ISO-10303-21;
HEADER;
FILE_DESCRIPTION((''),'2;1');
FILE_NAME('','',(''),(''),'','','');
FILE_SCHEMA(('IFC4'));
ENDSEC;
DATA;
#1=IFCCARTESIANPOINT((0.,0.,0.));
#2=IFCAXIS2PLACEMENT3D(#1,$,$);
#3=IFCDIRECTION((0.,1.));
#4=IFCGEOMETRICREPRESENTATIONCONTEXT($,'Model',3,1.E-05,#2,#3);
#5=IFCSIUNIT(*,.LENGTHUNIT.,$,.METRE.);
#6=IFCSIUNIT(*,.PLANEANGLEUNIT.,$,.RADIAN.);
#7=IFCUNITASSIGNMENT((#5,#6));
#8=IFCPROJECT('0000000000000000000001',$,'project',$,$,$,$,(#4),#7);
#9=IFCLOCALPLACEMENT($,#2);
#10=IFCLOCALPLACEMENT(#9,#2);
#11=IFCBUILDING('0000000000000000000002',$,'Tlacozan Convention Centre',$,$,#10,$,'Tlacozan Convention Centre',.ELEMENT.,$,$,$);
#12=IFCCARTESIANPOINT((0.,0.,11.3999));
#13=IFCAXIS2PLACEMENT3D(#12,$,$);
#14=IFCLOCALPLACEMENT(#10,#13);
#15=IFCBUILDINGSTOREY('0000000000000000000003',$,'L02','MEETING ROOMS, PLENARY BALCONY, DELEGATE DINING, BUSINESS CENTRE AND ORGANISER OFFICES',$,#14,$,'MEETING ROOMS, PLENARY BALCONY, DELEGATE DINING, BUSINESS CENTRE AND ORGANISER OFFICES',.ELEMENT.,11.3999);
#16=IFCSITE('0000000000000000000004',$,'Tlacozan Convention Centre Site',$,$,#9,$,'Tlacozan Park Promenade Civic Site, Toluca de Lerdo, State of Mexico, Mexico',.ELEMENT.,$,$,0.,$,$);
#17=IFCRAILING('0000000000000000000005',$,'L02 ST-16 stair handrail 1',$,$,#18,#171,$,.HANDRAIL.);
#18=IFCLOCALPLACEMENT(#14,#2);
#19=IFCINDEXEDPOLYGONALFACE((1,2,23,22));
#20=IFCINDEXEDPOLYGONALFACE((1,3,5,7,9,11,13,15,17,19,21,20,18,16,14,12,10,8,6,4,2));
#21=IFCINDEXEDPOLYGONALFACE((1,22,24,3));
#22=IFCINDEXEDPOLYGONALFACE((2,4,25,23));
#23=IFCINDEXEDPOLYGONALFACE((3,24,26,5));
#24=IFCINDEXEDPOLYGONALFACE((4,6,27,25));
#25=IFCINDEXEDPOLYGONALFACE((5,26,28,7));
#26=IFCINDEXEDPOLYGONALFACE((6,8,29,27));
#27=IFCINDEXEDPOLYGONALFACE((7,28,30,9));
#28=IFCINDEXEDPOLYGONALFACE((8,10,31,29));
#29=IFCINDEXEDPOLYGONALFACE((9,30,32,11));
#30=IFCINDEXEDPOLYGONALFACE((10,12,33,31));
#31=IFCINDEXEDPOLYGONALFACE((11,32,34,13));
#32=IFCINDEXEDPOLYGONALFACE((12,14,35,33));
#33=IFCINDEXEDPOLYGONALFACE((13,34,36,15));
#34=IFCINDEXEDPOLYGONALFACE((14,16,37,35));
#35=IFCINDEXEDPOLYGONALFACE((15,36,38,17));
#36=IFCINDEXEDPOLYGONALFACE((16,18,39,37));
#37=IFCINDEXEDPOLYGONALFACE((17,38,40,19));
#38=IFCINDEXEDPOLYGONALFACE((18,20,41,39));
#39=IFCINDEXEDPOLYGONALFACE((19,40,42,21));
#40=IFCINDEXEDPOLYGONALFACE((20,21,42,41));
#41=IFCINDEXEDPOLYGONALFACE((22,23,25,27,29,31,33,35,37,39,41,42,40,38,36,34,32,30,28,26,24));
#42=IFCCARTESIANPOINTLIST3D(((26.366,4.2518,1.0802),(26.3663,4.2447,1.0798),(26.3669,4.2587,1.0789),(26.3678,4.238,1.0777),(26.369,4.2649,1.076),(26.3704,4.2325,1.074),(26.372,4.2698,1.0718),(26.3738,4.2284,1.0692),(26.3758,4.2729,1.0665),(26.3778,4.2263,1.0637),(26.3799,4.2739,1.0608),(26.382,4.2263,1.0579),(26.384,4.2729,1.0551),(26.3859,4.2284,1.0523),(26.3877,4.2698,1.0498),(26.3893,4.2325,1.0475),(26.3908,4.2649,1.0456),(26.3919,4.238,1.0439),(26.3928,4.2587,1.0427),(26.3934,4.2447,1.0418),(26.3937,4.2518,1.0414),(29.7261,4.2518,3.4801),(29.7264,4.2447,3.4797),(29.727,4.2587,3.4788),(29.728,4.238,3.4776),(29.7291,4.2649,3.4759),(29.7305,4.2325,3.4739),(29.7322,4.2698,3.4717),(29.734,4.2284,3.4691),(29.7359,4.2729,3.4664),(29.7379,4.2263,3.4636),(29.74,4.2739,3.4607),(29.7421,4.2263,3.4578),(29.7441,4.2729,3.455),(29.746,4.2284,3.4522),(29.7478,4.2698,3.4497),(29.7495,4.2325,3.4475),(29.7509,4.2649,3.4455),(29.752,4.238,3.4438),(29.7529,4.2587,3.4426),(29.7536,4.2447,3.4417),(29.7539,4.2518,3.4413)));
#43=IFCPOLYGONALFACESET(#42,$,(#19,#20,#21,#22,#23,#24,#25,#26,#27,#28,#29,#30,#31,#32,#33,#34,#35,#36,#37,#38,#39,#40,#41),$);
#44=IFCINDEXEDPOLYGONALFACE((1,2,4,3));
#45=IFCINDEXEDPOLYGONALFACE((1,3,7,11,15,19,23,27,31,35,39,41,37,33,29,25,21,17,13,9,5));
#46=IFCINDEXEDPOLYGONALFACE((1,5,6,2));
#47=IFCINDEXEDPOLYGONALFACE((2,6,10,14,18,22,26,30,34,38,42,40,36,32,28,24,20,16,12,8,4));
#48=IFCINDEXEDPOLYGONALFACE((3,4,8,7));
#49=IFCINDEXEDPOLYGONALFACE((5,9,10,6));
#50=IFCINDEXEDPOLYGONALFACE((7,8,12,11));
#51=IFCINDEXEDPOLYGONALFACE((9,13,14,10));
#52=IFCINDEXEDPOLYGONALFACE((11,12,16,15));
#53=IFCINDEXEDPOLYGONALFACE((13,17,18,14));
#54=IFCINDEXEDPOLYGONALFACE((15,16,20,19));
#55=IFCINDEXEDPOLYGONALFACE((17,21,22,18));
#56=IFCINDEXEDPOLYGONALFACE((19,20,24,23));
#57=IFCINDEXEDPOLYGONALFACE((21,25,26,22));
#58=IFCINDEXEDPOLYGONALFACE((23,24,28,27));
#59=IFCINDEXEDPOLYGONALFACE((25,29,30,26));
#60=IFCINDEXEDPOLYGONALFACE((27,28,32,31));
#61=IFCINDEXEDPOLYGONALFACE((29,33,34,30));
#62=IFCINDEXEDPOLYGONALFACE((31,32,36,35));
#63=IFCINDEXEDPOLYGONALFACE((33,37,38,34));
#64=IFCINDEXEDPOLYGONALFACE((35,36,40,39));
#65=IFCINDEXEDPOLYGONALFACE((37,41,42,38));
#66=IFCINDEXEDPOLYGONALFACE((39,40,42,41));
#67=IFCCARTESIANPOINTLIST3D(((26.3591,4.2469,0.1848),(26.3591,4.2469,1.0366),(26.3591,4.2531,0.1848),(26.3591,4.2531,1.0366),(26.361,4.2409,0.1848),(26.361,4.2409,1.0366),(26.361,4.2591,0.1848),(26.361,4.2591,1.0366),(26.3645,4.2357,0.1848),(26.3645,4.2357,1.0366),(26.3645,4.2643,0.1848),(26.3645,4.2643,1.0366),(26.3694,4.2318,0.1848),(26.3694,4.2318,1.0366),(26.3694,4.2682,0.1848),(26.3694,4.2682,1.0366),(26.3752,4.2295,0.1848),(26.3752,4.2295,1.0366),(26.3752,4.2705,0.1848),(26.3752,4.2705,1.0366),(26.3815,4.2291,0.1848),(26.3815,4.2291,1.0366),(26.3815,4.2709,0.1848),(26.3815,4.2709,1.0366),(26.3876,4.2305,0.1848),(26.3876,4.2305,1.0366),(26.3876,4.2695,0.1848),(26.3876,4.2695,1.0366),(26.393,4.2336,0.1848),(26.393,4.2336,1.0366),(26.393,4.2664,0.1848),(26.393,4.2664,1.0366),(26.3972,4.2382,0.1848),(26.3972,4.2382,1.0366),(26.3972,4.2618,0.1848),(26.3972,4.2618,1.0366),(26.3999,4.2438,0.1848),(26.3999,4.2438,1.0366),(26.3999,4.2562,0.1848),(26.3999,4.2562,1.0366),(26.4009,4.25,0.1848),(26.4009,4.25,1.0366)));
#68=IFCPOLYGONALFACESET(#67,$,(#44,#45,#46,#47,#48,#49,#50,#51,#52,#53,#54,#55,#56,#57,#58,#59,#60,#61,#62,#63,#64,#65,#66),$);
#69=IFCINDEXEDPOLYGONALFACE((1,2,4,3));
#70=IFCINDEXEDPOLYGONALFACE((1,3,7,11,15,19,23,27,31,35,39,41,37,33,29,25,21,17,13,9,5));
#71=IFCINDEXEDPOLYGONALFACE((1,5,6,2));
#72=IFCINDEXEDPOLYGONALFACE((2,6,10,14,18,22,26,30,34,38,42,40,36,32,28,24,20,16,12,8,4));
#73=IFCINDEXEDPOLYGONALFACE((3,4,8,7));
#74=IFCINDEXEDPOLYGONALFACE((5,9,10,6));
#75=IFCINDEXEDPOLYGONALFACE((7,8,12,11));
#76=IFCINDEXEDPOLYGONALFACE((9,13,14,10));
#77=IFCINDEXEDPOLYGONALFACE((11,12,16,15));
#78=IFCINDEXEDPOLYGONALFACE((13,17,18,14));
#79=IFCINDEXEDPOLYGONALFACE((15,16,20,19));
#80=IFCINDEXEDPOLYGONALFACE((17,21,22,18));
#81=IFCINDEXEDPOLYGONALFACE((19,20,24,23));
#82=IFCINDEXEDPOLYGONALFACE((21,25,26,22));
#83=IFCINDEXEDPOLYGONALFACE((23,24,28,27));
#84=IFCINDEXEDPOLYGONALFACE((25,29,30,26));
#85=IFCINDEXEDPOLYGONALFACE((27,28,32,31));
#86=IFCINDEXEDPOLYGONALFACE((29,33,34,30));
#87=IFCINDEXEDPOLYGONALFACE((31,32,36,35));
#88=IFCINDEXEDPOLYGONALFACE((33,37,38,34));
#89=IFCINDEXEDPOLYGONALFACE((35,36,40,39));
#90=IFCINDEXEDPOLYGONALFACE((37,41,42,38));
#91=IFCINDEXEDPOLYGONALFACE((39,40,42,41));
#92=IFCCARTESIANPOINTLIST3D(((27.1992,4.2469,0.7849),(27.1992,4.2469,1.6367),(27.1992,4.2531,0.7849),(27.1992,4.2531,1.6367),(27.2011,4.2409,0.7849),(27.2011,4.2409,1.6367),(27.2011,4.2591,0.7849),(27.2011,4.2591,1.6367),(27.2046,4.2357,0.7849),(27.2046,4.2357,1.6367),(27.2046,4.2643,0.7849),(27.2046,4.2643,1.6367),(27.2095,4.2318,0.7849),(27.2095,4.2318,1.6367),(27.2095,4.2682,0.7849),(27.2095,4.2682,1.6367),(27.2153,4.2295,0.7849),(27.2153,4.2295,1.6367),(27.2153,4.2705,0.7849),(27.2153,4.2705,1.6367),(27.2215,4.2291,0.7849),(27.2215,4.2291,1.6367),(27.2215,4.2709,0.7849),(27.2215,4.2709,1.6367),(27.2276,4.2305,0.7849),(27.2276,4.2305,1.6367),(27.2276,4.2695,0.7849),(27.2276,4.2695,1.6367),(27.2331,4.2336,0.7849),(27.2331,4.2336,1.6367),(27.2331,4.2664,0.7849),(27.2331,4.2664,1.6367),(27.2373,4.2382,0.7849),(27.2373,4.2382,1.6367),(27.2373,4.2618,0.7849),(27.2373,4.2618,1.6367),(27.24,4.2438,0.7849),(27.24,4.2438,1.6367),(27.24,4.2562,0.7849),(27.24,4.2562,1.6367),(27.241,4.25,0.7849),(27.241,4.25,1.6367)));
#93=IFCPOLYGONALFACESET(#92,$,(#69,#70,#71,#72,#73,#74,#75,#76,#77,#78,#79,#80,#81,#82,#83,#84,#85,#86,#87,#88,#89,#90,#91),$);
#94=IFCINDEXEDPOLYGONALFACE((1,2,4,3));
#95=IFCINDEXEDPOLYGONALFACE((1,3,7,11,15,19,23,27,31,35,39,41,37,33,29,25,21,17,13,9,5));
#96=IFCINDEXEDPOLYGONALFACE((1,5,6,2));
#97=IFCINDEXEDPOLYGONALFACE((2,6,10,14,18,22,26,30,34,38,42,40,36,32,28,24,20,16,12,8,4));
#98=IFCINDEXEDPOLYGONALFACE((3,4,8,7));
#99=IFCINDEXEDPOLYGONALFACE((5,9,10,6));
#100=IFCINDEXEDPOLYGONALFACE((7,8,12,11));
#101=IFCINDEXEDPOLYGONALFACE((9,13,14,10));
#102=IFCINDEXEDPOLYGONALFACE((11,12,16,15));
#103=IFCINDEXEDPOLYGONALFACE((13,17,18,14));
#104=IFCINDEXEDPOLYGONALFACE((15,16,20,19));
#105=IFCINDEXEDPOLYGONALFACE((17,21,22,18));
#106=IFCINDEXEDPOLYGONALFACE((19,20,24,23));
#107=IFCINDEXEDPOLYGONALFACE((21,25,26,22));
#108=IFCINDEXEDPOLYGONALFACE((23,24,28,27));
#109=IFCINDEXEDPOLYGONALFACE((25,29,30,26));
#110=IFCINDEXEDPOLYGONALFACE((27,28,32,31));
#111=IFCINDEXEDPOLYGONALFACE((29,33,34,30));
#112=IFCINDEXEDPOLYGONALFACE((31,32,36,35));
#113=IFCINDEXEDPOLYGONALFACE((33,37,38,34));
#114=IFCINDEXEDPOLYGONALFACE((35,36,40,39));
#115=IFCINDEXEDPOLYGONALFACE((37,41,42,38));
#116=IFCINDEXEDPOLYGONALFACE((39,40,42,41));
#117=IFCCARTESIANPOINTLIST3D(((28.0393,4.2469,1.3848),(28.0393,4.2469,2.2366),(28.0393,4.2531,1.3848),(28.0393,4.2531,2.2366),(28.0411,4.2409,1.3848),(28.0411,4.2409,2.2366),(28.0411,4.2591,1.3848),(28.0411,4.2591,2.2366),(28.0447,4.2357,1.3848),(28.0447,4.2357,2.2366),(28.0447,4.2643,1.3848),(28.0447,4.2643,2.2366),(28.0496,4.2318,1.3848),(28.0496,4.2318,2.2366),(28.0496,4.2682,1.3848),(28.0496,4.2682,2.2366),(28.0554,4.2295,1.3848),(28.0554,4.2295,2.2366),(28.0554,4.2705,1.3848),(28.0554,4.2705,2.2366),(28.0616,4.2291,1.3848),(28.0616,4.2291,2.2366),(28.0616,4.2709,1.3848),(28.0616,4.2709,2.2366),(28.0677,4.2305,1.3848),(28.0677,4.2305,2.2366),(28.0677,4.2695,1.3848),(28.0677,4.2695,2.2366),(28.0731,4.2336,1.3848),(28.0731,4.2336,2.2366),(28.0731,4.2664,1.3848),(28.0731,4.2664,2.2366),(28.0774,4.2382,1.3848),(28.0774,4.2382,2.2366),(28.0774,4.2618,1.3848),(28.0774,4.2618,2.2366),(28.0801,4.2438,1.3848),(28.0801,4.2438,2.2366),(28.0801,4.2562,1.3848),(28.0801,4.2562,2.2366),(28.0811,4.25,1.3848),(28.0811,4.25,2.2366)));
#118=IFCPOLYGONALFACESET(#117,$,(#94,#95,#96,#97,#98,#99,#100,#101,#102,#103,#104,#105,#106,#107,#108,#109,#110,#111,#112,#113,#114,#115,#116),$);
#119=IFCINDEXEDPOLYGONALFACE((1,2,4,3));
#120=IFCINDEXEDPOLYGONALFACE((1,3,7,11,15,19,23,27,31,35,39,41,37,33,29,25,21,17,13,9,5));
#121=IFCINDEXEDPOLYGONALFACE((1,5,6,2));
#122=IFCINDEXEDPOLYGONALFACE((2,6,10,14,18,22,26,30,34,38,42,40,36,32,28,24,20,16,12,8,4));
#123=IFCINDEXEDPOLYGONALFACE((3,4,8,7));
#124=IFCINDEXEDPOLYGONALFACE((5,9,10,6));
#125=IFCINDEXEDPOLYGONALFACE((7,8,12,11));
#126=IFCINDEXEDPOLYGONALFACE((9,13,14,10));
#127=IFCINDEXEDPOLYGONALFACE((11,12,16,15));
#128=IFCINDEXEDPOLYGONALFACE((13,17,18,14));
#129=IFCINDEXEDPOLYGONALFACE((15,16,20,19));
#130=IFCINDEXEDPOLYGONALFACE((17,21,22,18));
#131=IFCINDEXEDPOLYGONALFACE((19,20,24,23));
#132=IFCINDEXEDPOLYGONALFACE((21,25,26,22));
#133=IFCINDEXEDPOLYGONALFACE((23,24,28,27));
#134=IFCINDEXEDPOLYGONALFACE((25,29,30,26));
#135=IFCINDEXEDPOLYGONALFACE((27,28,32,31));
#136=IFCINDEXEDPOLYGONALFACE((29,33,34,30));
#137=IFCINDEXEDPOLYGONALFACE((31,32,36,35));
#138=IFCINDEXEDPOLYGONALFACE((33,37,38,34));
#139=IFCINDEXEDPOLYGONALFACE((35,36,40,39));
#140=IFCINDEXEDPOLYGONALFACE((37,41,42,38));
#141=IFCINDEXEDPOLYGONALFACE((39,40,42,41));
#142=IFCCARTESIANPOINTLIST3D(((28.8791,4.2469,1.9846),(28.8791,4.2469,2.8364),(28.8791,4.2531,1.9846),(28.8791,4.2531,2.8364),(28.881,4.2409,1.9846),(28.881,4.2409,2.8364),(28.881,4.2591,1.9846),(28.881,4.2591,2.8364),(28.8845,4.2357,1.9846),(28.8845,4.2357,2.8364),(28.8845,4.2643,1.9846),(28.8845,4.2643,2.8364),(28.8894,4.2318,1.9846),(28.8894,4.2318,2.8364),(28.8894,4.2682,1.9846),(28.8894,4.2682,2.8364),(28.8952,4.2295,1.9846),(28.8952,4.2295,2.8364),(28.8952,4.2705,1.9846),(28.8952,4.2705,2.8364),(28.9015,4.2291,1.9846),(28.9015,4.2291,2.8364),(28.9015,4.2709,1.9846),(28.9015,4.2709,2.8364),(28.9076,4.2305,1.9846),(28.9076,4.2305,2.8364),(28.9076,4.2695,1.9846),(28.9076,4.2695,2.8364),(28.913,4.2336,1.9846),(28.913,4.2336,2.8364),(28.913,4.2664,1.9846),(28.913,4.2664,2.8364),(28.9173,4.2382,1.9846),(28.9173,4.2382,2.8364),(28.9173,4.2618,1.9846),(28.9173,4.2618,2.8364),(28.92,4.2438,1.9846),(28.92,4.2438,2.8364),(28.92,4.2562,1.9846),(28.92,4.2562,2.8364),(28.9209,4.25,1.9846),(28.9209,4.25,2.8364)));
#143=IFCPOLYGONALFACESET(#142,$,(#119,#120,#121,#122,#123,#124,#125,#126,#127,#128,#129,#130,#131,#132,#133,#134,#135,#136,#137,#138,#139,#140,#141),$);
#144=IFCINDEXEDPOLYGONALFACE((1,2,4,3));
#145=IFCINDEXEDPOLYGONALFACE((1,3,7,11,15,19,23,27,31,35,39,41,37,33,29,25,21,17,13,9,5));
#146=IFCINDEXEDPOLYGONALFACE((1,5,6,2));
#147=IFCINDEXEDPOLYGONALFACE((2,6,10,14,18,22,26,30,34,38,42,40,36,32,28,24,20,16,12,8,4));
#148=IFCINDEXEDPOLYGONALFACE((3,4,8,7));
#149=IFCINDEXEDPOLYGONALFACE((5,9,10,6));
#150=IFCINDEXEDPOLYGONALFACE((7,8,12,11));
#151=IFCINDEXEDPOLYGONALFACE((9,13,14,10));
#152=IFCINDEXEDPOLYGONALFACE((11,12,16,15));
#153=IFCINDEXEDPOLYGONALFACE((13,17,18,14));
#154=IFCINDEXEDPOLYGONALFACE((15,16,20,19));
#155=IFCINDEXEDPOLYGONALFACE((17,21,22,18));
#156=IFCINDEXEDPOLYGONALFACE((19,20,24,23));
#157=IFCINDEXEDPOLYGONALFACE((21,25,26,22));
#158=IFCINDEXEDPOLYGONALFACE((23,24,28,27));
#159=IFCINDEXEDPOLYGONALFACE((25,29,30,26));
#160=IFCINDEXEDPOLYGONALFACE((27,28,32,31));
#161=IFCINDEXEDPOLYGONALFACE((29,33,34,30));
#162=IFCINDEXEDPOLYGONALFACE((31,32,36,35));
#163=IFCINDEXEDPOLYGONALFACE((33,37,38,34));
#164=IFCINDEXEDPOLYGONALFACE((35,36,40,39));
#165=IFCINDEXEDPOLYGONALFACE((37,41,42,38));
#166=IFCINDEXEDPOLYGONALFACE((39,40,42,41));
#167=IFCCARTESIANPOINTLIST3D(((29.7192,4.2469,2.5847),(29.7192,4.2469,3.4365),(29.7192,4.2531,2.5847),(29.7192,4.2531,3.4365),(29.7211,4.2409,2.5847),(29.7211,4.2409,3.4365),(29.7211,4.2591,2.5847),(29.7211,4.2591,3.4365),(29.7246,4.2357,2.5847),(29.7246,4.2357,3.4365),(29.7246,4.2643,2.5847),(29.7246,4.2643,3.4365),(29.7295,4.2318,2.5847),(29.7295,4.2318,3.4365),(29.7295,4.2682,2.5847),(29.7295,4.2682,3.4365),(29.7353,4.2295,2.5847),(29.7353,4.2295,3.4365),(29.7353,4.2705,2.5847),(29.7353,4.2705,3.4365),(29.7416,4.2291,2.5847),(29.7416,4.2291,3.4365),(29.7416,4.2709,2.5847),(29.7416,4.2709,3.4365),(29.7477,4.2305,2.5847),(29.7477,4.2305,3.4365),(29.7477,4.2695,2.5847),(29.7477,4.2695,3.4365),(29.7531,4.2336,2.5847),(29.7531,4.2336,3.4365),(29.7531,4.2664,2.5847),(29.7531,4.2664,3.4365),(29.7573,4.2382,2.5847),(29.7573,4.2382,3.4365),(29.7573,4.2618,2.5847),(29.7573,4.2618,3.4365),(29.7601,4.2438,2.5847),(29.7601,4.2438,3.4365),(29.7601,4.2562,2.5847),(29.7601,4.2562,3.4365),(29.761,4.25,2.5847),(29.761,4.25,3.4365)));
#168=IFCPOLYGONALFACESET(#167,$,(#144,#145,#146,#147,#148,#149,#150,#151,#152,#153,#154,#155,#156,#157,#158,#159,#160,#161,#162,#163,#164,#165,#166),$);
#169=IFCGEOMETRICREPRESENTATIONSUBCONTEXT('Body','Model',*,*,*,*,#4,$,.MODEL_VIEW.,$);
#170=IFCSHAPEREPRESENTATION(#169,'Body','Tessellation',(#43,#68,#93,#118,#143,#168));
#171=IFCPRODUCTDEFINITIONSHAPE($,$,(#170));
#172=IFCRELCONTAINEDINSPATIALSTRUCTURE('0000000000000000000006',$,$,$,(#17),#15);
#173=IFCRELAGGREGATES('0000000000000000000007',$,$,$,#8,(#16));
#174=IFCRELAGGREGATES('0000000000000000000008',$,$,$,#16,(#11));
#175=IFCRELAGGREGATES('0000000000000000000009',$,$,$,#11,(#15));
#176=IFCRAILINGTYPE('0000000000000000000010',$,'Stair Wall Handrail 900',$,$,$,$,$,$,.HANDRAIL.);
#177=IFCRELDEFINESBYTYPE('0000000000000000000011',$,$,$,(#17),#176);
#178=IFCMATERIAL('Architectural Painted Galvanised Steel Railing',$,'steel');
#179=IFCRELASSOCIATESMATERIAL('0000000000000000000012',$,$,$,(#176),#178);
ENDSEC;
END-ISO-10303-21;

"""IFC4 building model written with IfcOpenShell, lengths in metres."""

from ifc_helpers import new_model, si_unit, direction, frame, origin, origin_2d, place, context, subcontext, project, spatial, circle, extrude, material, type_object, element, save


model = new_model("IFC4")

# Units and contexts
model_context = context("Model", 3, precision=1e-05, world=origin(), true_north=direction((0.0, 1.0)))
body_context = subcontext(model_context, "Body", "Model", "MODEL_VIEW")
ifc_project = project(units=[si_unit("LENGTHUNIT", "METRE"), si_unit("PLANEANGLEUNIT", "RADIAN")], contexts=[model_context])

# Site, building, storey
site_placement = place(None, origin())
site = spatial("IfcSite", under=ifc_project, at=site_placement, Name="Tlacozan Convention Centre Site", LongName="Tlacozan Park Promenade Civic Site, Toluca de Lerdo, State of Mexico, Mexico", CompositionType="ELEMENT", RefElevation=0.0)
building_placement = place(site_placement, origin())
building = spatial("IfcBuilding", under=site, at=building_placement, Name="Tlacozan Convention Centre", LongName="Tlacozan Convention Centre", CompositionType="ELEMENT")
storey_placement = place(building_placement, frame((0.0, 0.0, 11.3999)))
storey = spatial("IfcBuildingStorey", under=building, at=storey_placement, Name="L02", Description="MEETING ROOMS, PLENARY BALCONY, DELEGATE DINING, BUSINESS CENTRE AND ORGANISER OFFICES", LongName="MEETING ROOMS, PLENARY BALCONY, DELEGATE DINING, BUSINESS CENTRE AND ORGANISER OFFICES", CompositionType="ELEMENT", Elevation=11.3999)

# Railing
ifc_material_1 = material(Name="Architectural Painted Galvanised Steel Railing", Category="steel")
railing_type_1 = type_object("IfcRailingType", Name="Stair Wall Handrail 900", PredefinedType="HANDRAIL", material=ifc_material_1)
railing_1_placement = place(storey_placement, frame((26.3799, 4.25, 0.1848)))
element("IfcRailing", 1, at=railing_1_placement, inside=storey, type_object=railing_type_1, Name="L02 ST-16 stair handrail 1", PredefinedType="HANDRAIL", context=body_context, shape_type="SweptSolid", body=[
    extrude(circle(Radius=0.0239, at=origin_2d()), frame((0.0, 0.0, 0.876), z_axis=(0.813753, 0.0, 0.58121), x_axis=(0.0, 1.0, 0.0)), (0.0, 0.0, 1.0), 4.1292),
    extrude(circle(Radius=0.021, at=origin_2d()), origin(), (0.0, 0.0, 1.0), 0.8518),
    extrude(circle(Radius=0.021, at=origin_2d()), frame((0.8401, 0.0, 0.6001)), (0.0, 0.0, 1.0), 0.8518),
    extrude(circle(Radius=0.021, at=origin_2d()), frame((1.6802, 0.0, 1.2)), (0.0, 0.0, 1.0), 0.8518),
    extrude(circle(Radius=0.021, at=origin_2d()), frame((2.52, 0.0, 1.7998)), (0.0, 0.0, 1.0), 0.8518),
    extrude(circle(Radius=0.021, at=origin_2d()), frame((3.3601, 0.0, 2.3999)), (0.0, 0.0, 1.0), 0.8518),
])

save(model, "model.ifc")
